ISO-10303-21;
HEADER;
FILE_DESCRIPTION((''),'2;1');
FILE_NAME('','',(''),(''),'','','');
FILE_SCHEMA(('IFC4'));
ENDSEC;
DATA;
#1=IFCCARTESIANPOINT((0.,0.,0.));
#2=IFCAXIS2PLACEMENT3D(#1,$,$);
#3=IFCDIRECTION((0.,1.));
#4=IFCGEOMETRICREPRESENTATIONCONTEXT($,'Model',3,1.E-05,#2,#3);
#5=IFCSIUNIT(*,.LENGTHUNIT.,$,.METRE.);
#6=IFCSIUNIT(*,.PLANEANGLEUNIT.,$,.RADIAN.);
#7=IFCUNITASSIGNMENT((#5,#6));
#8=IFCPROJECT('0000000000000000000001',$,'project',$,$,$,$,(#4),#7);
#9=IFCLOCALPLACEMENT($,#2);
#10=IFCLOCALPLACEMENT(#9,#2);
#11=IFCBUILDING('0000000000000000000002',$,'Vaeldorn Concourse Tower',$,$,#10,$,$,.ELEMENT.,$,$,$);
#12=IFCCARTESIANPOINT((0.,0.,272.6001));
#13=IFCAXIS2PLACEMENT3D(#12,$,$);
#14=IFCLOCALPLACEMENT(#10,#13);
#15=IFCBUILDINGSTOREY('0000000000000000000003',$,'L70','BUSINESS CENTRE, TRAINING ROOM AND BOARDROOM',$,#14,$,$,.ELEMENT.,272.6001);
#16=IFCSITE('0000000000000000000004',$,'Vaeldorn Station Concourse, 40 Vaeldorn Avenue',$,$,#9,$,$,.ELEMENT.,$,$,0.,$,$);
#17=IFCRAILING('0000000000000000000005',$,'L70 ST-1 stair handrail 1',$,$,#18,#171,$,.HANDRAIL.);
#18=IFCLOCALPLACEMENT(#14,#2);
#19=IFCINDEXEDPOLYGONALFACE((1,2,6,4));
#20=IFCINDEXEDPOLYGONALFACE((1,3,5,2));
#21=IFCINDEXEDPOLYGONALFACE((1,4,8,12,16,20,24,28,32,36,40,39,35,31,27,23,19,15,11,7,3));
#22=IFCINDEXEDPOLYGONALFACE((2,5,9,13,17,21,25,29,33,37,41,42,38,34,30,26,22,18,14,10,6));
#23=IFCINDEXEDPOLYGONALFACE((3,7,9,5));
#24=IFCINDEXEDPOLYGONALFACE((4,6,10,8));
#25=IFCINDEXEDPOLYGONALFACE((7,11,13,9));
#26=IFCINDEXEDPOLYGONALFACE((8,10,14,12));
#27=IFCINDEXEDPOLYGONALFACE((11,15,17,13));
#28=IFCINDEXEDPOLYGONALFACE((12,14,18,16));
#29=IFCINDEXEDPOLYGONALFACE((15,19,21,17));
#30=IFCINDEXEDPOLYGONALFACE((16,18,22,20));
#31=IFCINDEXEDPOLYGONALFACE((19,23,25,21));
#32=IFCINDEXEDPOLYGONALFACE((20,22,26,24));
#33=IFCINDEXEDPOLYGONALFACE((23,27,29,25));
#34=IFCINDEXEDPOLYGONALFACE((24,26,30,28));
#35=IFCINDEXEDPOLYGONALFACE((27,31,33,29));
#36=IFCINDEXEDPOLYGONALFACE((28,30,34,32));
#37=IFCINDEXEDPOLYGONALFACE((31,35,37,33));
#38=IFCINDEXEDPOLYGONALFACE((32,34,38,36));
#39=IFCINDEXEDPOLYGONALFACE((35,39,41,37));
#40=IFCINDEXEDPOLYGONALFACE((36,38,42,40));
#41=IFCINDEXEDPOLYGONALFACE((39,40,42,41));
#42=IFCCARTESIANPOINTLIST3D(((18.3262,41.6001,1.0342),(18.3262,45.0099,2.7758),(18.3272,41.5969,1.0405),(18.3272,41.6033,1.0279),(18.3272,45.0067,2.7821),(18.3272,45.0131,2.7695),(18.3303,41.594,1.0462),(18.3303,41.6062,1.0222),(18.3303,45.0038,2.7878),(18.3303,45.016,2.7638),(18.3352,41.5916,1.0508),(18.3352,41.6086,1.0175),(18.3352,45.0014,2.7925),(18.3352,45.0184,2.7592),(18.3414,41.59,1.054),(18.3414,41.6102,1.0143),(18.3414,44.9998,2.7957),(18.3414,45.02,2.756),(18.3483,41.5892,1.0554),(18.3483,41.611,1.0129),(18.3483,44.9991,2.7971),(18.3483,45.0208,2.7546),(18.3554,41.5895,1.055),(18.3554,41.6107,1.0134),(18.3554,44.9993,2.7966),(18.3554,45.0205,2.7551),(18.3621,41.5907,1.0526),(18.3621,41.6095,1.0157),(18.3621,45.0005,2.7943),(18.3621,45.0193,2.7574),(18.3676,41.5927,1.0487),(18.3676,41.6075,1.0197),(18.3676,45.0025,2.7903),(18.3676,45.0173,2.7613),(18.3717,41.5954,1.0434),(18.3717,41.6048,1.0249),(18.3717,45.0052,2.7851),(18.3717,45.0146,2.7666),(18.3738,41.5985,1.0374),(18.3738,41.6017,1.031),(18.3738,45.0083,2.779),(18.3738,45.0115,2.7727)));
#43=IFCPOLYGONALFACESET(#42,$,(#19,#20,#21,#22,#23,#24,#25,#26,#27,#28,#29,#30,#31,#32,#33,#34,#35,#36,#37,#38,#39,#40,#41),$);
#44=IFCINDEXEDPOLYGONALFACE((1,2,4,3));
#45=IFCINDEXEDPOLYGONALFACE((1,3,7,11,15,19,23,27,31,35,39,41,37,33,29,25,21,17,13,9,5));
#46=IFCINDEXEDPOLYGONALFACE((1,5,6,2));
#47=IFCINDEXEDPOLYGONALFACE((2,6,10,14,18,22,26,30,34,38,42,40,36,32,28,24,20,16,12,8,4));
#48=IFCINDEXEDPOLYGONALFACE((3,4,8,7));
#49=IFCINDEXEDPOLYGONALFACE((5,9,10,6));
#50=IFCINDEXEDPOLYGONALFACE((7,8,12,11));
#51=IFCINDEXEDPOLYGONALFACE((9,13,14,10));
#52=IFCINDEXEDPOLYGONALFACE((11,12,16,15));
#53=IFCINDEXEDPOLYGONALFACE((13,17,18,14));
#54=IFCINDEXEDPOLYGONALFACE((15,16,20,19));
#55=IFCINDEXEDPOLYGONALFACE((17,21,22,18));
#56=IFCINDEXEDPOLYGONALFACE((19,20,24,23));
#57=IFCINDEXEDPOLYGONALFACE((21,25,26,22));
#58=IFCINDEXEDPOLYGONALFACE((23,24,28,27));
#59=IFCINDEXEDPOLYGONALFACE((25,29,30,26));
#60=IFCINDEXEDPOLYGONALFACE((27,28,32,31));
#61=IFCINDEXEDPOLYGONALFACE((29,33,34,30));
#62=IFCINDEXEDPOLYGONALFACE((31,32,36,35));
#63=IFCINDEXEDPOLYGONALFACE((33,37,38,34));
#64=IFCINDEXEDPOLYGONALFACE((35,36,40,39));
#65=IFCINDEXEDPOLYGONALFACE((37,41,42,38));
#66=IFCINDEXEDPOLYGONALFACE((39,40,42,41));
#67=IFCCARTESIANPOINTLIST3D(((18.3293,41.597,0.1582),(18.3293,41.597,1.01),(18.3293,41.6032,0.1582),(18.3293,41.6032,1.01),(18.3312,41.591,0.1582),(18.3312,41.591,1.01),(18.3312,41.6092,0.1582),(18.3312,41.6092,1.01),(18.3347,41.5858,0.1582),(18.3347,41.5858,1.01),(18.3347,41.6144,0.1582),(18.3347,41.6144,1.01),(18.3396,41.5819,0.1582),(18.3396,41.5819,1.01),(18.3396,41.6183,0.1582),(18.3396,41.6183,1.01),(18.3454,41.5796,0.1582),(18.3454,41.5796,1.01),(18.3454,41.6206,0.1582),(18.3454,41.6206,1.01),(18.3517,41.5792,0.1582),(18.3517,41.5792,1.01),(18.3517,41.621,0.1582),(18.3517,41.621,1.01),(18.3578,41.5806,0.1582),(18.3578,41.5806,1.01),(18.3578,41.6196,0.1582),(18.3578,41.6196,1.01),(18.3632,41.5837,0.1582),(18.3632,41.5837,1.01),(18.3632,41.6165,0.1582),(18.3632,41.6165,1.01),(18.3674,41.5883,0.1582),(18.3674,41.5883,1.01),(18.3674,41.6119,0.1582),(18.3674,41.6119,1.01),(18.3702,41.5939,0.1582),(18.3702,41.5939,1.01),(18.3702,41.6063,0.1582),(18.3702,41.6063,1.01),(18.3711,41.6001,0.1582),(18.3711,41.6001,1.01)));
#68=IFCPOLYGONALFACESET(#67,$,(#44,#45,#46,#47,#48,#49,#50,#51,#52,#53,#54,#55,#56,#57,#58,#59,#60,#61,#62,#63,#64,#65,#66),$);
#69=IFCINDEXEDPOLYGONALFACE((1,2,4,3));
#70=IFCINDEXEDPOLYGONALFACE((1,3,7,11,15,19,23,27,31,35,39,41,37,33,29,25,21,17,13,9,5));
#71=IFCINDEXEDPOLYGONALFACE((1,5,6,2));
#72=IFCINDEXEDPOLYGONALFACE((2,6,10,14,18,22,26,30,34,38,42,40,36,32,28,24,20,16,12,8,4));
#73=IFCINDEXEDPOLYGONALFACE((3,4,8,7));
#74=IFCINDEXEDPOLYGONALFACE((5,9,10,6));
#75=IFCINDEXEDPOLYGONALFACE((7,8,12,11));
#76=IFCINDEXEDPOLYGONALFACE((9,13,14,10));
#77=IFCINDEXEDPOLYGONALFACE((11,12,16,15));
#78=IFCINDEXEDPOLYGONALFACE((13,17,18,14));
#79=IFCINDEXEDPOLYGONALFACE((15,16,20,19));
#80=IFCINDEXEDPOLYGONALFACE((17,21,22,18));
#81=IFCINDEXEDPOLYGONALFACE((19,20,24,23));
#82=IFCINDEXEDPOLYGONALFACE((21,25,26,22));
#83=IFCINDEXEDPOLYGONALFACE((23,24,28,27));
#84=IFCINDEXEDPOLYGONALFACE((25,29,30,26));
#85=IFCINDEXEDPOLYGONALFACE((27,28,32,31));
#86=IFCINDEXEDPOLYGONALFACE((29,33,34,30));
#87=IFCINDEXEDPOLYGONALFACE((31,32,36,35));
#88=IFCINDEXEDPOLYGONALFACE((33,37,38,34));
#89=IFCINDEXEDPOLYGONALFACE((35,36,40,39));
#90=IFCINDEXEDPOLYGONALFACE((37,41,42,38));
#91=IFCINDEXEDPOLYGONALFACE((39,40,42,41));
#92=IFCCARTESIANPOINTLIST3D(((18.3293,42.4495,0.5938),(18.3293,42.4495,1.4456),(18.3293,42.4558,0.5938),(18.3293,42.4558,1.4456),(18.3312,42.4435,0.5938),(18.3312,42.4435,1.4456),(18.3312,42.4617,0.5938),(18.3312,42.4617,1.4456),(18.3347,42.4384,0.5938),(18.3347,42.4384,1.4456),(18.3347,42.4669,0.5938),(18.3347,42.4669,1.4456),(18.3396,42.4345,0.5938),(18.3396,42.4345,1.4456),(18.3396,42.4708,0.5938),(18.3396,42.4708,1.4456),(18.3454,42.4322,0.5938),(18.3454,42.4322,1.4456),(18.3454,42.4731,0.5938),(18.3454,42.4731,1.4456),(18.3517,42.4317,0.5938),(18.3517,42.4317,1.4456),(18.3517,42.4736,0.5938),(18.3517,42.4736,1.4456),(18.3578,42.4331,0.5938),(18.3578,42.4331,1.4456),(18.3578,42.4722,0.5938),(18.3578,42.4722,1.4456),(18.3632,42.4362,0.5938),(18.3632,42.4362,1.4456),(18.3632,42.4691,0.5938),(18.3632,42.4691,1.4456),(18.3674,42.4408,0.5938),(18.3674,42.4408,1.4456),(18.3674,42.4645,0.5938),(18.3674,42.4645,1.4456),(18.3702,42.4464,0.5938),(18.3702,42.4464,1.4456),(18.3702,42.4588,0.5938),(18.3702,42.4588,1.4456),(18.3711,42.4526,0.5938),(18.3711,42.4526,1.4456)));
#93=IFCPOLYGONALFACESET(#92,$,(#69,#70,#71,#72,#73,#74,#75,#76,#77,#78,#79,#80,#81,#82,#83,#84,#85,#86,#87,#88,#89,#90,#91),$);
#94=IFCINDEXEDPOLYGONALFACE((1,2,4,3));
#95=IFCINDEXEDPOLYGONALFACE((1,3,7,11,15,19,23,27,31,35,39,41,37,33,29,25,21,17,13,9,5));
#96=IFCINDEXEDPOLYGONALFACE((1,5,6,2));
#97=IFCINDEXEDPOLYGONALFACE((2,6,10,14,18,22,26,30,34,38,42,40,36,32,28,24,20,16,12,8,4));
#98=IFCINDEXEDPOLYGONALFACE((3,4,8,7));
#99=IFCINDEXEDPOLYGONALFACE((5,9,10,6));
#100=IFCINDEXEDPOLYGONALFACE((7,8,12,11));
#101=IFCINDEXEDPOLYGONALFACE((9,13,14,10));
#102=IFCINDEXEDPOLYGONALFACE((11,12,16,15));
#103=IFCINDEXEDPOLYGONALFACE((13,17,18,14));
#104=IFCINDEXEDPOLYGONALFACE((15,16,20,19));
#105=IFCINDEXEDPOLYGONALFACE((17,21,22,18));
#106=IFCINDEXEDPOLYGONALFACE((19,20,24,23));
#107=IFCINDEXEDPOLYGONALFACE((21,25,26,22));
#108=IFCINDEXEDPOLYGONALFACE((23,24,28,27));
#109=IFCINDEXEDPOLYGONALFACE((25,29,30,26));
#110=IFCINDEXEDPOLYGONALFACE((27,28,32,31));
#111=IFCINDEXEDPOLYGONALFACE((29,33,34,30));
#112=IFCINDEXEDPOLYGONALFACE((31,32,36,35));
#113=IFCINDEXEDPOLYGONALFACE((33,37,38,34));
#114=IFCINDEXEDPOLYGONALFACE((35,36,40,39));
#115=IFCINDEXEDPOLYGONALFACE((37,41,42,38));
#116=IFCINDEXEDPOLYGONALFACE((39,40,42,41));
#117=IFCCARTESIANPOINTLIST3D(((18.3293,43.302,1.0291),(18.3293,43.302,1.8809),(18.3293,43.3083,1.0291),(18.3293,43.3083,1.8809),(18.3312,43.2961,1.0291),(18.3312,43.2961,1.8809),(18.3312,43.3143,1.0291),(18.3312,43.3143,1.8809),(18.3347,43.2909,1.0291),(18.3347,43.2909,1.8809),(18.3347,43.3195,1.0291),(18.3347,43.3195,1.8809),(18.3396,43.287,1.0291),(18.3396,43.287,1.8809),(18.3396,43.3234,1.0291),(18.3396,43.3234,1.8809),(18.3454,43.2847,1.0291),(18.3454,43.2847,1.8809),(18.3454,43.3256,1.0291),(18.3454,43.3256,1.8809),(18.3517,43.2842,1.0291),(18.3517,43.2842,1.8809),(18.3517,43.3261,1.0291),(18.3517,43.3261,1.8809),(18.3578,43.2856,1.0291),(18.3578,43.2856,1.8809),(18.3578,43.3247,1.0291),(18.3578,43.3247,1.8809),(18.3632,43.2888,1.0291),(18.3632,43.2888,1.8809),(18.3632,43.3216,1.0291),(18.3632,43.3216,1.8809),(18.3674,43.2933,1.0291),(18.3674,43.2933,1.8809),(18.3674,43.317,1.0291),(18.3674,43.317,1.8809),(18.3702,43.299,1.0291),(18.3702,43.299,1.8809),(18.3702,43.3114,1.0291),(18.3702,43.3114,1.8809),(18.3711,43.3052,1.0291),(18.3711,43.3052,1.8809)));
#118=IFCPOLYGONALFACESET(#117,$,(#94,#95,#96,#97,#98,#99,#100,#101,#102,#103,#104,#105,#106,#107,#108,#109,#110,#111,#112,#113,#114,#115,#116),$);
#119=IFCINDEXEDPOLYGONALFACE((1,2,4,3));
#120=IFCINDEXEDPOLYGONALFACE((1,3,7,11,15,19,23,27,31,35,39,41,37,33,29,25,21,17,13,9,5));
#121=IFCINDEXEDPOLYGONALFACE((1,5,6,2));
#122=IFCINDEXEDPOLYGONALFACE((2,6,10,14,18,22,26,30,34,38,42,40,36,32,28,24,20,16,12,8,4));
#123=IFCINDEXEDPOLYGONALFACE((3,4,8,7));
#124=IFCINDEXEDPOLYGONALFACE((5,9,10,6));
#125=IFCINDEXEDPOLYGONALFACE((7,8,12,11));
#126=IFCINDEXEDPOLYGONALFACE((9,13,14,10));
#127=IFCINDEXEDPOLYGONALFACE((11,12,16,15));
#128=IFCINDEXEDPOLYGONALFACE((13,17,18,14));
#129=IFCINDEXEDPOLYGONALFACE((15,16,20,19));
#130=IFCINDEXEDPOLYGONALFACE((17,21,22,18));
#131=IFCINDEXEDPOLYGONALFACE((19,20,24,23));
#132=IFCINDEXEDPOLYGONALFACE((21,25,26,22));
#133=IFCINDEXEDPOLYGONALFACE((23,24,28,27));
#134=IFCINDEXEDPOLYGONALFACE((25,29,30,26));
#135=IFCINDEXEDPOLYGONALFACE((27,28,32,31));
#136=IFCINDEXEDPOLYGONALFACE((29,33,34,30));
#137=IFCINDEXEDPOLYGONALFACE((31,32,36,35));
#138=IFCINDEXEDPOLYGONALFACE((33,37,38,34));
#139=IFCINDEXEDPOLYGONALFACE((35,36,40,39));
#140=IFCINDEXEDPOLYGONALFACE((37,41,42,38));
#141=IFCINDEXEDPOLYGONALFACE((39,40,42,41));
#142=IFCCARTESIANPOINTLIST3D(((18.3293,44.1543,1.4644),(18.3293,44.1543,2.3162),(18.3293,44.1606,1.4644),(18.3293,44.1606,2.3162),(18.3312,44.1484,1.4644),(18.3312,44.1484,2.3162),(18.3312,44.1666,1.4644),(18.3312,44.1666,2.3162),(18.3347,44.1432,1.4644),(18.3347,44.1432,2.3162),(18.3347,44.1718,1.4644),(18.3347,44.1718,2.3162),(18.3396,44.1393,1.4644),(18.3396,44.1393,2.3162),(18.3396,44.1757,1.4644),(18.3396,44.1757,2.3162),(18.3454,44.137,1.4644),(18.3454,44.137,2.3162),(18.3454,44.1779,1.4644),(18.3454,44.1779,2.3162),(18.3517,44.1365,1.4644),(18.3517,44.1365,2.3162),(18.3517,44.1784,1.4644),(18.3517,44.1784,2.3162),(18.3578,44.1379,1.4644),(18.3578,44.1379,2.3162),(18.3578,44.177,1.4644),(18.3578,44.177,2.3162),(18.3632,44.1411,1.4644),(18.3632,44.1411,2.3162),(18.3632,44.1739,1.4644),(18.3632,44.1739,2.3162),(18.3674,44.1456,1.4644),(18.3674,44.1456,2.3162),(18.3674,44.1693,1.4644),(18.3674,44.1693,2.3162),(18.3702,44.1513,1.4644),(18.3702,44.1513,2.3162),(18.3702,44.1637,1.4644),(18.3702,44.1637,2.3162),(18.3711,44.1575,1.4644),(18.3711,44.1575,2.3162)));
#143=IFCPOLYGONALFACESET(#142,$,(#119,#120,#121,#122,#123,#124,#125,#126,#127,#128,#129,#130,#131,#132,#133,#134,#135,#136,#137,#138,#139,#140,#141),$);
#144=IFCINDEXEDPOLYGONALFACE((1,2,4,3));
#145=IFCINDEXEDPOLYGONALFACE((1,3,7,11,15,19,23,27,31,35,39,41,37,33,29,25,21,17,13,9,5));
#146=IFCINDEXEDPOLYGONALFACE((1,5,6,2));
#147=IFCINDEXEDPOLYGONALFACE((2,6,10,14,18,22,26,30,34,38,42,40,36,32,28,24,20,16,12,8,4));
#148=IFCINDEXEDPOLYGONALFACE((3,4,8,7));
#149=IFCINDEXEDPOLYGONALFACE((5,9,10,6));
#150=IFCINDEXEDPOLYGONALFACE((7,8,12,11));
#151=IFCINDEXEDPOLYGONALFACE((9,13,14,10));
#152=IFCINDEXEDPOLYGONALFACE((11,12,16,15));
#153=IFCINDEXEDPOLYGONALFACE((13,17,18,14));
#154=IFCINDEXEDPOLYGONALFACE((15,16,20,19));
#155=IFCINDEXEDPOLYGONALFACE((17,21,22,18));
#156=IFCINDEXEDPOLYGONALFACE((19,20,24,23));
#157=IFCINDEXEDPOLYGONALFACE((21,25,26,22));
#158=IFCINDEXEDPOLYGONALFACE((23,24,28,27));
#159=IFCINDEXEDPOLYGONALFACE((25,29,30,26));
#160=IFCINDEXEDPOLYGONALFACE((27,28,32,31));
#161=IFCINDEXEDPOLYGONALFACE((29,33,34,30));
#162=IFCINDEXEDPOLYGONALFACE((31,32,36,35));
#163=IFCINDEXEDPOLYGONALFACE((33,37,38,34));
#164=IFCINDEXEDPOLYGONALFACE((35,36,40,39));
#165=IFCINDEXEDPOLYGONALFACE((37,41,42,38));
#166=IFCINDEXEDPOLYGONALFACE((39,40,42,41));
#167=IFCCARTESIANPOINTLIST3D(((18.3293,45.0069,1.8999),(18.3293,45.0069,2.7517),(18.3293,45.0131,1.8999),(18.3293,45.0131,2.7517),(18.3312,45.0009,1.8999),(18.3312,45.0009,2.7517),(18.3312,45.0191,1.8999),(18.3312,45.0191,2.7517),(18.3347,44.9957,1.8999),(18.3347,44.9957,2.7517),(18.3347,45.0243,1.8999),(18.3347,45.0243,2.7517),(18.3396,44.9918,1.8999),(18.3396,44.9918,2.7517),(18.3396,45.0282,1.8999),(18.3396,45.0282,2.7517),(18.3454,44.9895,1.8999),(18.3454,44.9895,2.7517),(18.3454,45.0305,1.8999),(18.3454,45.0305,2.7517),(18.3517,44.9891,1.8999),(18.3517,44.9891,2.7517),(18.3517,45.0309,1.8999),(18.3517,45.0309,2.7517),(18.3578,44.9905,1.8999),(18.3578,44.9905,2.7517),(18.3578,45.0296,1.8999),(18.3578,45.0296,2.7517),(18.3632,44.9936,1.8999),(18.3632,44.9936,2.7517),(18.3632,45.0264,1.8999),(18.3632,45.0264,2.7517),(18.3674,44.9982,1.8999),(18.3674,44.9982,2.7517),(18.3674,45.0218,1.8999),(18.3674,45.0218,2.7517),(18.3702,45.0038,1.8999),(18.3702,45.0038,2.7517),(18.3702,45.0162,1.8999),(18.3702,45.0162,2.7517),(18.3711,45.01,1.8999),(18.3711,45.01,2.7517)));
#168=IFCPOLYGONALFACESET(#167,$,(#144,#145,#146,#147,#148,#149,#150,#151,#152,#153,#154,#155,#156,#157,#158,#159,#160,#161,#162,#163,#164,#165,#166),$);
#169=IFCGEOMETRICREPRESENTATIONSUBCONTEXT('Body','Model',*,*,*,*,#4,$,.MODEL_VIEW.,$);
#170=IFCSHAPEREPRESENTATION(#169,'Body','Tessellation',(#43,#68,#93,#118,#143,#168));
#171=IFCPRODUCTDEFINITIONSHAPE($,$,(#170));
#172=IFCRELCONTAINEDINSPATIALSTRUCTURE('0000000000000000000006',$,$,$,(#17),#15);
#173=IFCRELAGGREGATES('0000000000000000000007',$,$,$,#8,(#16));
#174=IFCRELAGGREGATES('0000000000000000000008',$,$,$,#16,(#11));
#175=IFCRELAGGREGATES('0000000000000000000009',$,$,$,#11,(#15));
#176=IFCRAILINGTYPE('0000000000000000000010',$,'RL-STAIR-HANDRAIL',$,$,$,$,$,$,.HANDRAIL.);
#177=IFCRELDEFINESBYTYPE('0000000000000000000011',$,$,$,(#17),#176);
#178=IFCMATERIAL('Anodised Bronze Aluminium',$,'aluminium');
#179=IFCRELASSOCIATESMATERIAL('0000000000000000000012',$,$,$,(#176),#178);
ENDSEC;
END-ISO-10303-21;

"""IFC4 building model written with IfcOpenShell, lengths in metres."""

from ifc_helpers import new_model, si_unit, direction, frame, origin, origin_2d, place, context, subcontext, project, spatial, circle, extrude, material, type_object, element, save


model = new_model("IFC4")

# Units and contexts
model_context = context("Model", 3, precision=1e-05, world=origin(), true_north=direction((0.0, 1.0)))
body_context = subcontext(model_context, "Body", "Model", "MODEL_VIEW")
ifc_project = project(units=[si_unit("LENGTHUNIT", "METRE"), si_unit("PLANEANGLEUNIT", "RADIAN")], contexts=[model_context])

# Site, building, storey
site_placement = place(None, origin())
site = spatial("IfcSite", under=ifc_project, at=site_placement, Name="Vaeldorn Station Concourse, 40 Vaeldorn Avenue", CompositionType="ELEMENT", RefElevation=0.0)
building_placement = place(site_placement, origin())
building = spatial("IfcBuilding", under=site, at=building_placement, Name="Vaeldorn Concourse Tower", CompositionType="ELEMENT")
storey_placement = place(building_placement, frame((0.0, 0.0, 272.6001)))
storey = spatial("IfcBuildingStorey", under=building, at=storey_placement, Name="L70", Description="BUSINESS CENTRE, TRAINING ROOM AND BOARDROOM", CompositionType="ELEMENT", Elevation=272.6001)

# Shared definitions
ifc_material_1 = material(Name="Anodised Bronze Aluminium", Category="aluminium")

# Railing
railing_type_1 = type_object("IfcRailingType", Name="RL-STAIR-HANDRAIL", PredefinedType="HANDRAIL", material=ifc_material_1)
railing_1_placement = place(storey_placement, frame((18.3501, 41.6001, 0.1582)))
element("IfcRailing", 1, at=railing_1_placement, inside=storey, type_object=railing_type_1, Name="L70 ST-1 stair handrail 1", PredefinedType="HANDRAIL", context=body_context, shape_type="SweptSolid", body=[
    extrude(circle(Radius=0.0239, at=origin_2d()), frame((0.0, 0.0, 0.876), z_axis=(0.0, 0.890556, 0.454874), x_axis=(-1.0, 0.0, 0.0)), (0.0, 0.0, 1.0), 3.8289),
    extrude(circle(Radius=0.021, at=origin_2d()), origin(), (0.0, 0.0, 1.0), 0.8518),
    extrude(circle(Radius=0.021, at=origin_2d()), frame((0.0, 0.8525, 0.4355)), (0.0, 0.0, 1.0), 0.8518),
    extrude(circle(Radius=0.021, at=origin_2d()), frame((0.0, 1.7051, 0.8708)), (0.0, 0.0, 1.0), 0.8518),
    extrude(circle(Radius=0.021, at=origin_2d()), frame((0.0, 2.5574, 1.3062)), (0.0, 0.0, 1.0), 0.8518),
    extrude(circle(Radius=0.021, at=origin_2d()), frame((0.0, 3.4099, 1.7417)), (0.0, 0.0, 1.0), 0.8518),
])

save(model, "model.ifc")
